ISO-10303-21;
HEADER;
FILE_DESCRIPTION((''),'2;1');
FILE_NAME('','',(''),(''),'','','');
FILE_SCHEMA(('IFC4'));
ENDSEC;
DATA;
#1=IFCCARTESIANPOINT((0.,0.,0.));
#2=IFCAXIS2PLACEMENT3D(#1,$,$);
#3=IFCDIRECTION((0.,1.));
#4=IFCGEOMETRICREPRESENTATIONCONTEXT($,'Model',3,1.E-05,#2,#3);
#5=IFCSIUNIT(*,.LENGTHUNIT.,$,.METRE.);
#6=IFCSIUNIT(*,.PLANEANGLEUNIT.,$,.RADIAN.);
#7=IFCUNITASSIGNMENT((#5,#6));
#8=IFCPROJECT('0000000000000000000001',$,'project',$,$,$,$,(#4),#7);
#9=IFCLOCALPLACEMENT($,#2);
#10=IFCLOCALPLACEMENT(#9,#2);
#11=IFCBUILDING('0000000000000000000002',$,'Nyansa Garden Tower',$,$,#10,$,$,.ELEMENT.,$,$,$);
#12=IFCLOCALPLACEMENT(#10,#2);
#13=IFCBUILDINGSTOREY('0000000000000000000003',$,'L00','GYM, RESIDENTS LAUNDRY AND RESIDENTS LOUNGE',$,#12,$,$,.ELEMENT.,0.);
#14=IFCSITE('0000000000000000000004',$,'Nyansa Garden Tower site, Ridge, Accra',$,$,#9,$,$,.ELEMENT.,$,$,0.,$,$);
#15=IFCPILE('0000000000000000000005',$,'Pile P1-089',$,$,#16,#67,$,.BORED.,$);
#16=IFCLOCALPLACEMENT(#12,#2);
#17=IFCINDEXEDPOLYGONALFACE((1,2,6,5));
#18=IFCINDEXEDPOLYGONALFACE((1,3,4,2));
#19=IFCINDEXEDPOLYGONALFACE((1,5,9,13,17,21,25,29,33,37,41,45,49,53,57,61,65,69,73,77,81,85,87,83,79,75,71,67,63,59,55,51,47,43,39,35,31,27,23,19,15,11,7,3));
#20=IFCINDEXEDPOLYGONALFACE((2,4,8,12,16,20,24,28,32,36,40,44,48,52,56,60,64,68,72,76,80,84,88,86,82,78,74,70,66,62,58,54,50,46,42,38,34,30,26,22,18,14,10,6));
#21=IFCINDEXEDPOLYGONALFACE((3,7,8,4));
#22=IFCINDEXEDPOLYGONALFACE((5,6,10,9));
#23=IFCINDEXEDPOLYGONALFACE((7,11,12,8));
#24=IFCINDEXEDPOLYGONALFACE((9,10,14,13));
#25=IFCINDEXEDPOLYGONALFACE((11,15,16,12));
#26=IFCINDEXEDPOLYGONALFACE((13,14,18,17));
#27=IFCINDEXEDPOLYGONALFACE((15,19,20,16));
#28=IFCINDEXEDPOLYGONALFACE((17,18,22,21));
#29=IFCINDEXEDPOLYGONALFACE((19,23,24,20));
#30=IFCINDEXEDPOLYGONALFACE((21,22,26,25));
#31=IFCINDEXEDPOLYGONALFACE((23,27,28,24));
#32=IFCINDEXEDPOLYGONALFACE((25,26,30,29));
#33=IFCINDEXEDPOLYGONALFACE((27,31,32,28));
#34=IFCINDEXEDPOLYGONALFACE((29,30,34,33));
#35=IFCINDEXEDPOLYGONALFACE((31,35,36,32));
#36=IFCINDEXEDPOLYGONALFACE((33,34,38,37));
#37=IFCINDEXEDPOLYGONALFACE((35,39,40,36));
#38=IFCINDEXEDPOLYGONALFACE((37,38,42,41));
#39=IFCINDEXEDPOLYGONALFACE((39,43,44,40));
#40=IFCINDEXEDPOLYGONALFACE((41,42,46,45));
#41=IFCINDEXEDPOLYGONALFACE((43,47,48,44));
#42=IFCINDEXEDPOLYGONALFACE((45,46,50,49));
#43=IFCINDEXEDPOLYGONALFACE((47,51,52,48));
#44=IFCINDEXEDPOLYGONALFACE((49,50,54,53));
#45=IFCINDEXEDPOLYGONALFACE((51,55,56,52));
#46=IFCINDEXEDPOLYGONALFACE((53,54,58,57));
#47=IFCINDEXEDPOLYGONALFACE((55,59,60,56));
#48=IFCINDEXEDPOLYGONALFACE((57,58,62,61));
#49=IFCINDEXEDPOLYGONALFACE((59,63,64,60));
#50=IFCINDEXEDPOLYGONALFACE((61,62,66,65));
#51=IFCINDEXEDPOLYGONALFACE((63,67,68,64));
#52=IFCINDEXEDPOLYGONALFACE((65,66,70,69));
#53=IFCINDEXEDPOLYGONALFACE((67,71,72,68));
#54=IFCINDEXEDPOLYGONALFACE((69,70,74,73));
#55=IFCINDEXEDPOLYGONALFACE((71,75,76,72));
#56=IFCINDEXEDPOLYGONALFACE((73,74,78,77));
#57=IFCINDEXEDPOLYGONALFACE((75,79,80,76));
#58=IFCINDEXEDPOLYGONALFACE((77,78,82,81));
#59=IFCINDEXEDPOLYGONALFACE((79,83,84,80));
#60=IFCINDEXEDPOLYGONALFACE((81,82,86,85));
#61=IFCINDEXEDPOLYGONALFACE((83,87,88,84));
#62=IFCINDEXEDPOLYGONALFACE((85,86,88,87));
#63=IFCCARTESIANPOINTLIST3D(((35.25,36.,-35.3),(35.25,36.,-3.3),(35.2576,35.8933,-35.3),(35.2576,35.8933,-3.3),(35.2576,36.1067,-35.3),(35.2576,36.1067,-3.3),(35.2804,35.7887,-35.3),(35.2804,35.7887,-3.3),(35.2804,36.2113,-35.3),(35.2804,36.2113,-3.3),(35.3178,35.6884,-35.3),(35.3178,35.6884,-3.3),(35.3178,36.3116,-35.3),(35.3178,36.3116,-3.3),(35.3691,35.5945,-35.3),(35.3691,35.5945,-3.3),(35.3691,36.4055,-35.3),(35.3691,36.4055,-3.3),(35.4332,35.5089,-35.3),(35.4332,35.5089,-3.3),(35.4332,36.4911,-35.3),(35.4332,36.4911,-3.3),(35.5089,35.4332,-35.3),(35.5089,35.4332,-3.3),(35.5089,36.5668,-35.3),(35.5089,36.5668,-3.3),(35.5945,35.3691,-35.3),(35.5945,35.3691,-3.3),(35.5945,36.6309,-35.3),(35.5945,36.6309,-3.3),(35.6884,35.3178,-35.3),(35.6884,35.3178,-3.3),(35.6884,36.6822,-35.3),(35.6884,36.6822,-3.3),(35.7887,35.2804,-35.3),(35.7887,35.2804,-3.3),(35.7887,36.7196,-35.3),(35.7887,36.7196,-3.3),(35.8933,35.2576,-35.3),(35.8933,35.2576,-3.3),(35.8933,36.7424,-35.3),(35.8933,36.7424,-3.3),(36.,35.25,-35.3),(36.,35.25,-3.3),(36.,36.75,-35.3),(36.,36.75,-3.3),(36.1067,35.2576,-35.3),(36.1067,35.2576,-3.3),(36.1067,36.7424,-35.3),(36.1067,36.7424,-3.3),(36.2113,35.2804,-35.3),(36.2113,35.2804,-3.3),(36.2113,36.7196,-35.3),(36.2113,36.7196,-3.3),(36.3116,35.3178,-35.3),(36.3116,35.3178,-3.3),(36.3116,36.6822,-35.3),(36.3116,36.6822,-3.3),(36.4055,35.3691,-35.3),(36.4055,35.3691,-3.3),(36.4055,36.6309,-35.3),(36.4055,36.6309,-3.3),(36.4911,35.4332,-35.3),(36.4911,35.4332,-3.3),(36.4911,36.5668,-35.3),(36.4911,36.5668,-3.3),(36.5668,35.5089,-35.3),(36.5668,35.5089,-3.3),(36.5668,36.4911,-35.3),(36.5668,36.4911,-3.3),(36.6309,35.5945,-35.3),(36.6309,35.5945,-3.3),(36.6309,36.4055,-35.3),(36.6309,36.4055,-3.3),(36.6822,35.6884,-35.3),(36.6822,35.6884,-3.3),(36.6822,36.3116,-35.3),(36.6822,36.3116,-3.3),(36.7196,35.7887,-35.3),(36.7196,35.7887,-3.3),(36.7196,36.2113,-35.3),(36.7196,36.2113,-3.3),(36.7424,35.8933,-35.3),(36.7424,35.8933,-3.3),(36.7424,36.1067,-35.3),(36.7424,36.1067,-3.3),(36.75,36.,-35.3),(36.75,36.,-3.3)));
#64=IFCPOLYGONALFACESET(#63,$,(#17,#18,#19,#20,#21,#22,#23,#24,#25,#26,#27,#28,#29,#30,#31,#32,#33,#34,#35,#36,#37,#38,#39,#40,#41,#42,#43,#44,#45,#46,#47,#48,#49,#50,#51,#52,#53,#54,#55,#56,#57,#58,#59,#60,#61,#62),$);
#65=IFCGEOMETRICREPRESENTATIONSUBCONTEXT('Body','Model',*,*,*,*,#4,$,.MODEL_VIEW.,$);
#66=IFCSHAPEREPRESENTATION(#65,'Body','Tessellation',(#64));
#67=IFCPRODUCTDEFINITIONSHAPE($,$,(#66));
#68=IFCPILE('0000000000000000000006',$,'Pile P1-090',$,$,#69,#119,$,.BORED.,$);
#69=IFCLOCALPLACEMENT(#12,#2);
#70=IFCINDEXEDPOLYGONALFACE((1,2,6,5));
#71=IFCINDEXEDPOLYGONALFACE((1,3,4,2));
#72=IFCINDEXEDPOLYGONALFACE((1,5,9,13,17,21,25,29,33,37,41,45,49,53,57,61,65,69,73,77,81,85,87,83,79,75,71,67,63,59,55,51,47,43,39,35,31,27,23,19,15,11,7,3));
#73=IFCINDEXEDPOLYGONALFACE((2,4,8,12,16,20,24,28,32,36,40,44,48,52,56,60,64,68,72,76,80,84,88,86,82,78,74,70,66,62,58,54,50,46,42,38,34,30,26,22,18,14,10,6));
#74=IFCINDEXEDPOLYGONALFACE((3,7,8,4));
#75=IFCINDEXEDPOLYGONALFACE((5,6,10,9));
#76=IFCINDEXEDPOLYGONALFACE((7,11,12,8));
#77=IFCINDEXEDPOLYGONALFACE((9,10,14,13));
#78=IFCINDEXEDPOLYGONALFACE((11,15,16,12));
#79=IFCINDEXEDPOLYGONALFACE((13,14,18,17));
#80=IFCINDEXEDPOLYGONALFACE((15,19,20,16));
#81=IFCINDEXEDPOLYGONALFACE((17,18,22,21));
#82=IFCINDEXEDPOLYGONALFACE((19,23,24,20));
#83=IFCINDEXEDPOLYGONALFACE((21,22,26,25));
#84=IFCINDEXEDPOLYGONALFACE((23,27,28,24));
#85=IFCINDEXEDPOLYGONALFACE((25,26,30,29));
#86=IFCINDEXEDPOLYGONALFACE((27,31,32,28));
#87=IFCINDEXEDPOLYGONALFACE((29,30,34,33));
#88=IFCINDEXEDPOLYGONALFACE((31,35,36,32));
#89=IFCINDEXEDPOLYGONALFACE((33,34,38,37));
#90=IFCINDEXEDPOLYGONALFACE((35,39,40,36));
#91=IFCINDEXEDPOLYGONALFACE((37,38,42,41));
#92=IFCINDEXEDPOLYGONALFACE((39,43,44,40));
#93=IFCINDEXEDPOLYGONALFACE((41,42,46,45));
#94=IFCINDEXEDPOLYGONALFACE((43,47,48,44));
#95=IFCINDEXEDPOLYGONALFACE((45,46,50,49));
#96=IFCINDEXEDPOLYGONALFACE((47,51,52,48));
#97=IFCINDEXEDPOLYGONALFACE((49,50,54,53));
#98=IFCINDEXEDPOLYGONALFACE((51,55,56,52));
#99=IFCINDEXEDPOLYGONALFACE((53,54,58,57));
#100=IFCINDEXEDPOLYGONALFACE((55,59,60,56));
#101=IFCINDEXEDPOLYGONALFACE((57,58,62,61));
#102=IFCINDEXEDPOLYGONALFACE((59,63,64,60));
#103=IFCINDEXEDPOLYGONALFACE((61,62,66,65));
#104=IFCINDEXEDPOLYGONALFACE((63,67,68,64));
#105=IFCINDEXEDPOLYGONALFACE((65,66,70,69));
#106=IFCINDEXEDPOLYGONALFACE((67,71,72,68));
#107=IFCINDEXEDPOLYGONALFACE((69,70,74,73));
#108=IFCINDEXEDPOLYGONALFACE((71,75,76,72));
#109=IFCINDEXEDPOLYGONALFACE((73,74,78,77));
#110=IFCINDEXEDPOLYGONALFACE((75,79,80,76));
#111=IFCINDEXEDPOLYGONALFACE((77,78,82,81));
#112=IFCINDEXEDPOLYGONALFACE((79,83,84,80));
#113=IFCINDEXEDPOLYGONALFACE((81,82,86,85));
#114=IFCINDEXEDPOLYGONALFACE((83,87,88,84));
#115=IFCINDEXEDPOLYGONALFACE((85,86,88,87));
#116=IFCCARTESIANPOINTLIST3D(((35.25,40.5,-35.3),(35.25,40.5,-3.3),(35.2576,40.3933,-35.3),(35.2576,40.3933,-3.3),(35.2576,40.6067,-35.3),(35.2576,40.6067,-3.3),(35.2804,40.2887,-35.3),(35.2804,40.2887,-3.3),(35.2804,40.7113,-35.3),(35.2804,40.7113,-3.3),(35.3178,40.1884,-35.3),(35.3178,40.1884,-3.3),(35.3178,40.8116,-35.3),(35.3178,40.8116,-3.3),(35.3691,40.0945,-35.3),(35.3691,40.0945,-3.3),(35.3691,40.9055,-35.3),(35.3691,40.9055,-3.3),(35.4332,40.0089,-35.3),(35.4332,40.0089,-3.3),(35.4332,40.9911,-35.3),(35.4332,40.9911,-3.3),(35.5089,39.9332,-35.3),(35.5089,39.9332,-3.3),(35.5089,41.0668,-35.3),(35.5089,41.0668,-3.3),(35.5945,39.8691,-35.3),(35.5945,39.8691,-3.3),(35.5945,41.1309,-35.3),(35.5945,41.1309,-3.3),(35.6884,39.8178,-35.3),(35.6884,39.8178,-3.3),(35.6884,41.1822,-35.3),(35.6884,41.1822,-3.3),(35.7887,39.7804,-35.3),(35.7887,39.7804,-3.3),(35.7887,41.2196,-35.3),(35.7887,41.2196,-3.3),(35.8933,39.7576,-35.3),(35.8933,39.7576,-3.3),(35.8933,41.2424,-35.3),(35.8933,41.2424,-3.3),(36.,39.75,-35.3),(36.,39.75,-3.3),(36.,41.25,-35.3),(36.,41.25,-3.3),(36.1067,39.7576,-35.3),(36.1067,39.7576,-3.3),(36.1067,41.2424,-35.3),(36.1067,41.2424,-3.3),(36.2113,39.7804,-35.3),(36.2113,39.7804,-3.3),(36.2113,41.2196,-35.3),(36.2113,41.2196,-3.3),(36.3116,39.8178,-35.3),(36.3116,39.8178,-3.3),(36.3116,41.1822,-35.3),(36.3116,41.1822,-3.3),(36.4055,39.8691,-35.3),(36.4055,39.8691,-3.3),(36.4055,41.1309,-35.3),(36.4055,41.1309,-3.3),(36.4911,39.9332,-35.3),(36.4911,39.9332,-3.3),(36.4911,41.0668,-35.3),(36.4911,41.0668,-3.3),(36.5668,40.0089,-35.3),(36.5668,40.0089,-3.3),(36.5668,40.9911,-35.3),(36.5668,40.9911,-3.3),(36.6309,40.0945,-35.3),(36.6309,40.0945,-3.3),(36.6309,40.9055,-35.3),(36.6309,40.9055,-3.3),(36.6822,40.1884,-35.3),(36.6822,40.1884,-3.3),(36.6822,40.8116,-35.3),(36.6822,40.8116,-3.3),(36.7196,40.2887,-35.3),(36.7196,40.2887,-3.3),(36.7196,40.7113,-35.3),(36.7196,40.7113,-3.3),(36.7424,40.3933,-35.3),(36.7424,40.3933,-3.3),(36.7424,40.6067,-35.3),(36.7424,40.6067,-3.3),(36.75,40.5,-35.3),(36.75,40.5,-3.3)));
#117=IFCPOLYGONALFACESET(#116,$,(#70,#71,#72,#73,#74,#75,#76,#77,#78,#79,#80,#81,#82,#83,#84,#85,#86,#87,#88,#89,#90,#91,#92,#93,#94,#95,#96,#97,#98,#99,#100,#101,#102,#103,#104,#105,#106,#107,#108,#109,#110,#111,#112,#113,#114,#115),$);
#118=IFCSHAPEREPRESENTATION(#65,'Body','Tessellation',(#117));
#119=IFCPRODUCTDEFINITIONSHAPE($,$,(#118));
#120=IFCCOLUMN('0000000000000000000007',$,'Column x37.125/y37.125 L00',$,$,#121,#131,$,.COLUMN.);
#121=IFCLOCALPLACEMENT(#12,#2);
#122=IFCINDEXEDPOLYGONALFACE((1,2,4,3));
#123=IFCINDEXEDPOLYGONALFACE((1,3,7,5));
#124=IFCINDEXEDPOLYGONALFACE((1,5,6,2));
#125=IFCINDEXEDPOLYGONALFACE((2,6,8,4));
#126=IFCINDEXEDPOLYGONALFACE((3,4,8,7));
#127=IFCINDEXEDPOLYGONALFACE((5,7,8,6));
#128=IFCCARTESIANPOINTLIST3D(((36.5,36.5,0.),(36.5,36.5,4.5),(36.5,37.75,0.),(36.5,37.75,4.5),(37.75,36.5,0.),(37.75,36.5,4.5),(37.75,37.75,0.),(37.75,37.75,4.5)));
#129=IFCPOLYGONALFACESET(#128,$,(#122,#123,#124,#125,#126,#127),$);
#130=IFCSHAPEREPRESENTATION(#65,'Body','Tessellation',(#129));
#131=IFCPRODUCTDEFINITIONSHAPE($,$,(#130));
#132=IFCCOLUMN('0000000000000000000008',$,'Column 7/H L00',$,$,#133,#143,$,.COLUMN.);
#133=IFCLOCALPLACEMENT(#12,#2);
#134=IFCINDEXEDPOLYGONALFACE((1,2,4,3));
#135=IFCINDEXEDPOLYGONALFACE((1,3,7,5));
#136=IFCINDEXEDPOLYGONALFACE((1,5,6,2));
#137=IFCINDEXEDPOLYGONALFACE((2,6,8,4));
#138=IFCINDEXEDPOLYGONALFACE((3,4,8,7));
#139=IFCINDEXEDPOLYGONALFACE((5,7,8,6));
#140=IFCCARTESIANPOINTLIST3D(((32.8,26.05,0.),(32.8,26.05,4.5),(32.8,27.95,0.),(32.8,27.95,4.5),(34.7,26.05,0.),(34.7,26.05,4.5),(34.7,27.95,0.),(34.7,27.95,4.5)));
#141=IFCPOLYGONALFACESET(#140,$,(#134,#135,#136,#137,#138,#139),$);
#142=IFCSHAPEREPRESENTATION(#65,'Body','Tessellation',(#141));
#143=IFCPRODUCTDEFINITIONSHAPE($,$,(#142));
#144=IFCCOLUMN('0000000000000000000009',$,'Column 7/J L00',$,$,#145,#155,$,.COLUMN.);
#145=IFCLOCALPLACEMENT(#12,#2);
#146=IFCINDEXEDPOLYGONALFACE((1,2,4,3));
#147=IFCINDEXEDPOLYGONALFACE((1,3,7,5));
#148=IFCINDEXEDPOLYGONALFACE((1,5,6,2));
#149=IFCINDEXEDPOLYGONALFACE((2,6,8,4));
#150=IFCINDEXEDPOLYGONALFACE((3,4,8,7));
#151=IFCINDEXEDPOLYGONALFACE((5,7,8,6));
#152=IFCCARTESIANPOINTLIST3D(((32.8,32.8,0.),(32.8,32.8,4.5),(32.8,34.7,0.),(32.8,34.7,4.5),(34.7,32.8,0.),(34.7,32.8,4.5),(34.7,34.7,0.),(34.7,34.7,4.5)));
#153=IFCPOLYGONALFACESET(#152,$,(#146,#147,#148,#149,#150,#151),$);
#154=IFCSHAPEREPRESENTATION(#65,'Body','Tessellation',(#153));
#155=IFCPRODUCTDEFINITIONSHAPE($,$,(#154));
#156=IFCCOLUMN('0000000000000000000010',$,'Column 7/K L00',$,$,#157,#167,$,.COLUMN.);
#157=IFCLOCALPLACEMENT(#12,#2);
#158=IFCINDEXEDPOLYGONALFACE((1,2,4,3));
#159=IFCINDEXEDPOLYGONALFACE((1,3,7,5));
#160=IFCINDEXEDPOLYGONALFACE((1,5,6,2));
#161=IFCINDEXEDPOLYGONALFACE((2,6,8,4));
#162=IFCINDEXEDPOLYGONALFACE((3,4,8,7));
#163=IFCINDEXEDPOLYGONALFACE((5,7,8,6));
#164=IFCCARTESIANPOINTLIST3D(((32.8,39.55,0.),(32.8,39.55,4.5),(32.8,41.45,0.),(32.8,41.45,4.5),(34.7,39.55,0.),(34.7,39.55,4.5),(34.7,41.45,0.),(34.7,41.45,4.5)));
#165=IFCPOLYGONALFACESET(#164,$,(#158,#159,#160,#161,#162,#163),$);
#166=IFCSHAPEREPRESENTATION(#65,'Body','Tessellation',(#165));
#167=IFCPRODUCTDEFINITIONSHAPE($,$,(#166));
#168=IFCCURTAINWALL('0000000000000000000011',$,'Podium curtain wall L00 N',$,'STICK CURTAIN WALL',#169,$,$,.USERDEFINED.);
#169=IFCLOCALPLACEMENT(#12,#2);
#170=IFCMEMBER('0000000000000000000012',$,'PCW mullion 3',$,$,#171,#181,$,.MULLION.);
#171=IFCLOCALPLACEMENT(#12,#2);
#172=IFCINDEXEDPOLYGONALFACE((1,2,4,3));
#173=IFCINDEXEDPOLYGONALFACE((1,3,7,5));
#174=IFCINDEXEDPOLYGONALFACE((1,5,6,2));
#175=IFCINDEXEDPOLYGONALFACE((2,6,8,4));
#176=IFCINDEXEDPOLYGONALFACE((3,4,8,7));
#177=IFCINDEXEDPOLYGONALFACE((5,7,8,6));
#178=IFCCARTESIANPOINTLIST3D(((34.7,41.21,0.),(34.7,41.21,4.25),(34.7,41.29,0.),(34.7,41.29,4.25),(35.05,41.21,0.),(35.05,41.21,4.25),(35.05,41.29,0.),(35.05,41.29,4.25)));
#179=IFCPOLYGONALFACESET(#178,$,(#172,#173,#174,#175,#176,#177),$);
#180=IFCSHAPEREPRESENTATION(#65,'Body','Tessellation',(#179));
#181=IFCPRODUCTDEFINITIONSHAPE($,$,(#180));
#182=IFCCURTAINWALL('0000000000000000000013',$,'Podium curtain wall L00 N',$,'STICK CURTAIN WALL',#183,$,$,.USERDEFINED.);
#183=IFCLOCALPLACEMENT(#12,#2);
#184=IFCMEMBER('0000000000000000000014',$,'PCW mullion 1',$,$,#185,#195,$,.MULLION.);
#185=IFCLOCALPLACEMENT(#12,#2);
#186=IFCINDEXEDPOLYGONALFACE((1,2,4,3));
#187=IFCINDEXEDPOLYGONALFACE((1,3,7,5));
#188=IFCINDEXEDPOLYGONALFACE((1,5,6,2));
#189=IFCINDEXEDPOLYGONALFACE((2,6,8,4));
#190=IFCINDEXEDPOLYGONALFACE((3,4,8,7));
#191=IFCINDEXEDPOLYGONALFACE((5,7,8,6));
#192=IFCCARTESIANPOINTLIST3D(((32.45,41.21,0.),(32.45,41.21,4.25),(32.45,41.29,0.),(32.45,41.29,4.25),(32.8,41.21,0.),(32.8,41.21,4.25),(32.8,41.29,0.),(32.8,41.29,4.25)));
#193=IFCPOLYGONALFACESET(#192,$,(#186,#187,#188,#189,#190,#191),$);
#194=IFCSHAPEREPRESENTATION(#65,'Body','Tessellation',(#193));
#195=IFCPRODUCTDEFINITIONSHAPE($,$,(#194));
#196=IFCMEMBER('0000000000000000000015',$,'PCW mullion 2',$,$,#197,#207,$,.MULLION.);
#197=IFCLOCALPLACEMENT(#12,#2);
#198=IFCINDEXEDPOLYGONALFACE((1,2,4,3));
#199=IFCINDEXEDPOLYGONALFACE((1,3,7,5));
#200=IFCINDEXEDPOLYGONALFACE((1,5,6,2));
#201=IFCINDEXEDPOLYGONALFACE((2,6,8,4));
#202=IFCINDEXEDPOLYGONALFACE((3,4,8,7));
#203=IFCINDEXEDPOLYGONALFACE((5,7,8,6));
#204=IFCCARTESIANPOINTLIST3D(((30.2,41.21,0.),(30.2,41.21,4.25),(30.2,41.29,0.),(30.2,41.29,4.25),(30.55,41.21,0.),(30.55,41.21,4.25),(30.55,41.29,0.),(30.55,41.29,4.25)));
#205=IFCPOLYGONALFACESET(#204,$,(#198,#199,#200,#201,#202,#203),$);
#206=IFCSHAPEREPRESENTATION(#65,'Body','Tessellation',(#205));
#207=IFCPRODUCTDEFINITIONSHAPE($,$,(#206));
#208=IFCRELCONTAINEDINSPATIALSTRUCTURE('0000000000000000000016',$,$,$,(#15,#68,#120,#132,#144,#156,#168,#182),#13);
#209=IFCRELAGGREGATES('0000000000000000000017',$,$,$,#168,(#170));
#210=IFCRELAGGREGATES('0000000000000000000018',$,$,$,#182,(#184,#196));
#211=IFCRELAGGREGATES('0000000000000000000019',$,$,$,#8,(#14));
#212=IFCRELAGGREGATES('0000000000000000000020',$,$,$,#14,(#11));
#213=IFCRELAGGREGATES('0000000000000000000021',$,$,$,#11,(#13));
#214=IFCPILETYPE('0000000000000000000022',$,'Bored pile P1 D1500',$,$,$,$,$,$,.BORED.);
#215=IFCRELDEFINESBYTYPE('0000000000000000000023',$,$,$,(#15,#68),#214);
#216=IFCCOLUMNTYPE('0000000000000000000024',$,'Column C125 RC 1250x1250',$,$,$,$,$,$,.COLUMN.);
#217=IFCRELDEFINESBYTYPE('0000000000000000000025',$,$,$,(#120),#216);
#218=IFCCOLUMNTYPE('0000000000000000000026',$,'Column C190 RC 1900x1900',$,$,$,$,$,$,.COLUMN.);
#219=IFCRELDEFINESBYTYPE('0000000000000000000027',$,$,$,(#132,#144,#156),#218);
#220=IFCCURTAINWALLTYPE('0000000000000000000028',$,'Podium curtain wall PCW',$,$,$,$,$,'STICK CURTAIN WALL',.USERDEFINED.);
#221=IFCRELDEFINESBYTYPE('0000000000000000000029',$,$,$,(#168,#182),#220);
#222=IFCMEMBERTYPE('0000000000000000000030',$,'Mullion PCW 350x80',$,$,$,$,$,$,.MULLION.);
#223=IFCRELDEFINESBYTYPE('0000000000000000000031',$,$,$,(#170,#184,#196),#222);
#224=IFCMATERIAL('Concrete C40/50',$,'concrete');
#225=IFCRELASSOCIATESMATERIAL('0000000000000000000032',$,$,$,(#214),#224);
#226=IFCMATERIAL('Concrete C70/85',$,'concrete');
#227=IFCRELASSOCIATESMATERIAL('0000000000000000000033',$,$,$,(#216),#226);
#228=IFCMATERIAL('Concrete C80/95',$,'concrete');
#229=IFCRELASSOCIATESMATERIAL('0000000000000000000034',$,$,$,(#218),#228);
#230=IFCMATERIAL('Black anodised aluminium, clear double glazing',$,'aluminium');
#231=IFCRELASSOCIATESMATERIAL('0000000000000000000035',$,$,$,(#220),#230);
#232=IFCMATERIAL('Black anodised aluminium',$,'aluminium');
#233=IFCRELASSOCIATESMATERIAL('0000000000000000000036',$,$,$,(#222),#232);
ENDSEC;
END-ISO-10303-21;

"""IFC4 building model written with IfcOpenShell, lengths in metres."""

from ifc_helpers import new_model, si_unit, direction, frame, origin, origin_2d, place, context, subcontext, project, spatial, rectangle, circle, extrude, material, material_profile, profile_set, type_object, element, aggregate, save


model = new_model("IFC4")

# Units and contexts
model_context = context("Model", 3, precision=1e-05, world=origin(), true_north=direction((0.0, 1.0)))
body_context = subcontext(model_context, "Body", "Model", "MODEL_VIEW")
ifc_project = project(units=[si_unit("LENGTHUNIT", "METRE"), si_unit("PLANEANGLEUNIT", "RADIAN")], contexts=[model_context])

# Site, building, storey
site_placement = place(None, origin())
site = spatial("IfcSite", under=ifc_project, at=site_placement, Name="Nyansa Garden Tower site, Ridge, Accra", CompositionType="ELEMENT", RefElevation=0.0)
building_placement = place(site_placement, origin())
building = spatial("IfcBuilding", under=site, at=building_placement, Name="Nyansa Garden Tower", CompositionType="ELEMENT")
storey_placement = place(building_placement, origin())
storey = spatial("IfcBuildingStorey", under=building, at=storey_placement, Name="L00", Description="GYM, RESIDENTS LAUNDRY AND RESIDENTS LOUNGE", CompositionType="ELEMENT", Elevation=0.0)

# Piles
ifc_material_1 = material(Name="Concrete C40/50", Category="concrete")
pile_type = type_object("IfcPileType", Name="Bored pile P1 D1500", PredefinedType="BORED", material=ifc_material_1)
for number, where, z_axis, x_axis, name in (
    (1, (36.0, 36.0, -3.3), (0.0, 0.0, -1.0), (1.0, 0.0, 0.0), "Pile P1-089"),
    (2, (36.0, 40.5, -3.3), (0.0, 0.0, -1.0), (1.0, 0.0, 0.0), "Pile P1-090"),
):
    element("IfcPile", number, at=place(storey_placement, frame(where, z_axis=z_axis, x_axis=x_axis)), inside=storey, type_object=pile_type, Name=name, PredefinedType="BORED", context=body_context, shape_type="SweptSolid", body=[
        extrude(circle(Radius=0.75, at=origin_2d()), origin(), (0.0, 0.0, 1.0), 32.0),
    ])

# Columns
ifc_material_2 = material(Name="Concrete C70/85", Category="concrete")
ifc_material_profile_1 = material_profile(ifc_material_2, rectangle(XDim=1.25, YDim=1.25, at=origin_2d()), Name="RC 1250x1250")
ifc_profile_set_1 = profile_set([ifc_material_profile_1], Name="Concrete C70/85")
column_type_1 = type_object("IfcColumnType", Name="Column C125 RC 1250x1250", PredefinedType="COLUMN", material=ifc_profile_set_1)
column_placement = place(storey_placement, frame((37.125, 37.125, 0.0), z_axis=(0.0, 0.0, 1.0), x_axis=(1.0, 0.0, 0.0)))
element("IfcColumn", 3, at=column_placement, inside=storey, type_object=column_type_1, Name="Column x37.125/y37.125 L00", PredefinedType="COLUMN", context=body_context, shape_type="SweptSolid", body=[
    extrude(rectangle(XDim=1.25, YDim=1.25, at=origin_2d()), origin(), (0.0, 0.0, 1.0), 4.5),
])
ifc_material_3 = material(Name="Concrete C80/95", Category="concrete")
ifc_material_profile_2 = material_profile(ifc_material_3, rectangle(XDim=1.8999, YDim=1.8999, at=origin_2d()), Name="RC 1900x1900")
ifc_profile_set_2 = profile_set([ifc_material_profile_2], Name="Concrete C80/95")
column_type_2 = type_object("IfcColumnType", Name="Column C190 RC 1900x1900", PredefinedType="COLUMN", material=ifc_profile_set_2)
for number, where, z_axis, x_axis, name in (
    (4, (33.75, 27.0, 0.0), (0.0, 0.0, 1.0), (1.0, 0.0, 0.0), "Column 7/H L00"),
    (5, (33.75, 33.75, 0.0), (0.0, 0.0, 1.0), (1.0, 0.0, 0.0), "Column 7/J L00"),
    (6, (33.75, 40.5, 0.0), (0.0, 0.0, 1.0), (1.0, 0.0, 0.0), "Column 7/K L00"),
):
    element("IfcColumn", number, at=place(storey_placement, frame(where, z_axis=z_axis, x_axis=x_axis)), inside=storey, type_object=column_type_2, Name=name, PredefinedType="COLUMN", context=body_context, shape_type="SweptSolid", body=[
        extrude(rectangle(XDim=1.8999, YDim=1.8999, at=origin_2d()), origin(), (0.0, 0.0, 1.0), 4.5),
    ])

# Curtain wall, member
ifc_material_4 = material(Name="Black anodised aluminium, clear double glazing", Category="aluminium")
curtain_wall_type = type_object("IfcCurtainWallType", Name="Podium curtain wall PCW", ElementType="STICK CURTAIN WALL", PredefinedType="USERDEFINED", material=ifc_material_4)
curtain_wall_1_placement = place(storey_placement, origin())
curtain_wall_1 = element("IfcCurtainWall", 7, at=curtain_wall_1_placement, inside=storey, type_object=curtain_wall_type, Name="Podium curtain wall L00 N", ObjectType="STICK CURTAIN WALL", PredefinedType="USERDEFINED")
ifc_material_5 = material(Name="Black anodised aluminium", Category="aluminium")
ifc_material_profile_3 = material_profile(ifc_material_5, rectangle(XDim=0.0801, YDim=0.3501, at=origin_2d()), Name="Mullion 350x80")
ifc_profile_set_3 = profile_set([ifc_material_profile_3], Name="Black anodised aluminium")
member_type_1 = type_object("IfcMemberType", Name="Mullion PCW 350x80", PredefinedType="MULLION", material=ifc_profile_set_3)
member_1_placement = place(storey_placement, frame((34.875, 41.25, 0.0), z_axis=(0.0, 0.0, 1.0), x_axis=(0.0, -1.0, 0.0)))
member_1 = element("IfcMember", 8, at=member_1_placement, type_object=member_type_1, Name="PCW mullion 3", PredefinedType="MULLION", context=body_context, shape_type="SweptSolid", body=[
    extrude(rectangle(XDim=0.0801, YDim=0.3501, at=origin_2d()), origin(), (0.0, 0.0, 1.0), 4.25),
])

# Curtain wall, members
curtain_wall_2_placement = place(storey_placement, origin())
curtain_wall_2 = element("IfcCurtainWall", 9, at=curtain_wall_2_placement, inside=storey, type_object=curtain_wall_type, Name="Podium curtain wall L00 N", ObjectType="STICK CURTAIN WALL", PredefinedType="USERDEFINED")
member_2_placement = place(storey_placement, frame((32.625, 41.25, 0.0), z_axis=(0.0, 0.0, 1.0), x_axis=(0.0, -1.0, 0.0)))
member_2 = element("IfcMember", 10, at=member_2_placement, type_object=member_type_1, Name="PCW mullion 1", PredefinedType="MULLION", context=body_context, shape_type="SweptSolid", body=[
    extrude(rectangle(XDim=0.0801, YDim=0.3501, at=origin_2d()), origin(), (0.0, 0.0, 1.0), 4.25),
])
member_3_placement = place(storey_placement, frame((30.375, 41.25, 0.0), z_axis=(0.0, 0.0, 1.0), x_axis=(0.0, -1.0, 0.0)))
member_3 = element("IfcMember", 11, at=member_3_placement, type_object=member_type_1, Name="PCW mullion 2", PredefinedType="MULLION", context=body_context, shape_type="SweptSolid", body=[
    extrude(rectangle(XDim=0.0801, YDim=0.3501, at=origin_2d()), origin(), (0.0, 0.0, 1.0), 4.25),
])

aggregate(curtain_wall_1, [member_1])
aggregate(curtain_wall_2, [member_2, member_3])

save(model, "model.ifc")
